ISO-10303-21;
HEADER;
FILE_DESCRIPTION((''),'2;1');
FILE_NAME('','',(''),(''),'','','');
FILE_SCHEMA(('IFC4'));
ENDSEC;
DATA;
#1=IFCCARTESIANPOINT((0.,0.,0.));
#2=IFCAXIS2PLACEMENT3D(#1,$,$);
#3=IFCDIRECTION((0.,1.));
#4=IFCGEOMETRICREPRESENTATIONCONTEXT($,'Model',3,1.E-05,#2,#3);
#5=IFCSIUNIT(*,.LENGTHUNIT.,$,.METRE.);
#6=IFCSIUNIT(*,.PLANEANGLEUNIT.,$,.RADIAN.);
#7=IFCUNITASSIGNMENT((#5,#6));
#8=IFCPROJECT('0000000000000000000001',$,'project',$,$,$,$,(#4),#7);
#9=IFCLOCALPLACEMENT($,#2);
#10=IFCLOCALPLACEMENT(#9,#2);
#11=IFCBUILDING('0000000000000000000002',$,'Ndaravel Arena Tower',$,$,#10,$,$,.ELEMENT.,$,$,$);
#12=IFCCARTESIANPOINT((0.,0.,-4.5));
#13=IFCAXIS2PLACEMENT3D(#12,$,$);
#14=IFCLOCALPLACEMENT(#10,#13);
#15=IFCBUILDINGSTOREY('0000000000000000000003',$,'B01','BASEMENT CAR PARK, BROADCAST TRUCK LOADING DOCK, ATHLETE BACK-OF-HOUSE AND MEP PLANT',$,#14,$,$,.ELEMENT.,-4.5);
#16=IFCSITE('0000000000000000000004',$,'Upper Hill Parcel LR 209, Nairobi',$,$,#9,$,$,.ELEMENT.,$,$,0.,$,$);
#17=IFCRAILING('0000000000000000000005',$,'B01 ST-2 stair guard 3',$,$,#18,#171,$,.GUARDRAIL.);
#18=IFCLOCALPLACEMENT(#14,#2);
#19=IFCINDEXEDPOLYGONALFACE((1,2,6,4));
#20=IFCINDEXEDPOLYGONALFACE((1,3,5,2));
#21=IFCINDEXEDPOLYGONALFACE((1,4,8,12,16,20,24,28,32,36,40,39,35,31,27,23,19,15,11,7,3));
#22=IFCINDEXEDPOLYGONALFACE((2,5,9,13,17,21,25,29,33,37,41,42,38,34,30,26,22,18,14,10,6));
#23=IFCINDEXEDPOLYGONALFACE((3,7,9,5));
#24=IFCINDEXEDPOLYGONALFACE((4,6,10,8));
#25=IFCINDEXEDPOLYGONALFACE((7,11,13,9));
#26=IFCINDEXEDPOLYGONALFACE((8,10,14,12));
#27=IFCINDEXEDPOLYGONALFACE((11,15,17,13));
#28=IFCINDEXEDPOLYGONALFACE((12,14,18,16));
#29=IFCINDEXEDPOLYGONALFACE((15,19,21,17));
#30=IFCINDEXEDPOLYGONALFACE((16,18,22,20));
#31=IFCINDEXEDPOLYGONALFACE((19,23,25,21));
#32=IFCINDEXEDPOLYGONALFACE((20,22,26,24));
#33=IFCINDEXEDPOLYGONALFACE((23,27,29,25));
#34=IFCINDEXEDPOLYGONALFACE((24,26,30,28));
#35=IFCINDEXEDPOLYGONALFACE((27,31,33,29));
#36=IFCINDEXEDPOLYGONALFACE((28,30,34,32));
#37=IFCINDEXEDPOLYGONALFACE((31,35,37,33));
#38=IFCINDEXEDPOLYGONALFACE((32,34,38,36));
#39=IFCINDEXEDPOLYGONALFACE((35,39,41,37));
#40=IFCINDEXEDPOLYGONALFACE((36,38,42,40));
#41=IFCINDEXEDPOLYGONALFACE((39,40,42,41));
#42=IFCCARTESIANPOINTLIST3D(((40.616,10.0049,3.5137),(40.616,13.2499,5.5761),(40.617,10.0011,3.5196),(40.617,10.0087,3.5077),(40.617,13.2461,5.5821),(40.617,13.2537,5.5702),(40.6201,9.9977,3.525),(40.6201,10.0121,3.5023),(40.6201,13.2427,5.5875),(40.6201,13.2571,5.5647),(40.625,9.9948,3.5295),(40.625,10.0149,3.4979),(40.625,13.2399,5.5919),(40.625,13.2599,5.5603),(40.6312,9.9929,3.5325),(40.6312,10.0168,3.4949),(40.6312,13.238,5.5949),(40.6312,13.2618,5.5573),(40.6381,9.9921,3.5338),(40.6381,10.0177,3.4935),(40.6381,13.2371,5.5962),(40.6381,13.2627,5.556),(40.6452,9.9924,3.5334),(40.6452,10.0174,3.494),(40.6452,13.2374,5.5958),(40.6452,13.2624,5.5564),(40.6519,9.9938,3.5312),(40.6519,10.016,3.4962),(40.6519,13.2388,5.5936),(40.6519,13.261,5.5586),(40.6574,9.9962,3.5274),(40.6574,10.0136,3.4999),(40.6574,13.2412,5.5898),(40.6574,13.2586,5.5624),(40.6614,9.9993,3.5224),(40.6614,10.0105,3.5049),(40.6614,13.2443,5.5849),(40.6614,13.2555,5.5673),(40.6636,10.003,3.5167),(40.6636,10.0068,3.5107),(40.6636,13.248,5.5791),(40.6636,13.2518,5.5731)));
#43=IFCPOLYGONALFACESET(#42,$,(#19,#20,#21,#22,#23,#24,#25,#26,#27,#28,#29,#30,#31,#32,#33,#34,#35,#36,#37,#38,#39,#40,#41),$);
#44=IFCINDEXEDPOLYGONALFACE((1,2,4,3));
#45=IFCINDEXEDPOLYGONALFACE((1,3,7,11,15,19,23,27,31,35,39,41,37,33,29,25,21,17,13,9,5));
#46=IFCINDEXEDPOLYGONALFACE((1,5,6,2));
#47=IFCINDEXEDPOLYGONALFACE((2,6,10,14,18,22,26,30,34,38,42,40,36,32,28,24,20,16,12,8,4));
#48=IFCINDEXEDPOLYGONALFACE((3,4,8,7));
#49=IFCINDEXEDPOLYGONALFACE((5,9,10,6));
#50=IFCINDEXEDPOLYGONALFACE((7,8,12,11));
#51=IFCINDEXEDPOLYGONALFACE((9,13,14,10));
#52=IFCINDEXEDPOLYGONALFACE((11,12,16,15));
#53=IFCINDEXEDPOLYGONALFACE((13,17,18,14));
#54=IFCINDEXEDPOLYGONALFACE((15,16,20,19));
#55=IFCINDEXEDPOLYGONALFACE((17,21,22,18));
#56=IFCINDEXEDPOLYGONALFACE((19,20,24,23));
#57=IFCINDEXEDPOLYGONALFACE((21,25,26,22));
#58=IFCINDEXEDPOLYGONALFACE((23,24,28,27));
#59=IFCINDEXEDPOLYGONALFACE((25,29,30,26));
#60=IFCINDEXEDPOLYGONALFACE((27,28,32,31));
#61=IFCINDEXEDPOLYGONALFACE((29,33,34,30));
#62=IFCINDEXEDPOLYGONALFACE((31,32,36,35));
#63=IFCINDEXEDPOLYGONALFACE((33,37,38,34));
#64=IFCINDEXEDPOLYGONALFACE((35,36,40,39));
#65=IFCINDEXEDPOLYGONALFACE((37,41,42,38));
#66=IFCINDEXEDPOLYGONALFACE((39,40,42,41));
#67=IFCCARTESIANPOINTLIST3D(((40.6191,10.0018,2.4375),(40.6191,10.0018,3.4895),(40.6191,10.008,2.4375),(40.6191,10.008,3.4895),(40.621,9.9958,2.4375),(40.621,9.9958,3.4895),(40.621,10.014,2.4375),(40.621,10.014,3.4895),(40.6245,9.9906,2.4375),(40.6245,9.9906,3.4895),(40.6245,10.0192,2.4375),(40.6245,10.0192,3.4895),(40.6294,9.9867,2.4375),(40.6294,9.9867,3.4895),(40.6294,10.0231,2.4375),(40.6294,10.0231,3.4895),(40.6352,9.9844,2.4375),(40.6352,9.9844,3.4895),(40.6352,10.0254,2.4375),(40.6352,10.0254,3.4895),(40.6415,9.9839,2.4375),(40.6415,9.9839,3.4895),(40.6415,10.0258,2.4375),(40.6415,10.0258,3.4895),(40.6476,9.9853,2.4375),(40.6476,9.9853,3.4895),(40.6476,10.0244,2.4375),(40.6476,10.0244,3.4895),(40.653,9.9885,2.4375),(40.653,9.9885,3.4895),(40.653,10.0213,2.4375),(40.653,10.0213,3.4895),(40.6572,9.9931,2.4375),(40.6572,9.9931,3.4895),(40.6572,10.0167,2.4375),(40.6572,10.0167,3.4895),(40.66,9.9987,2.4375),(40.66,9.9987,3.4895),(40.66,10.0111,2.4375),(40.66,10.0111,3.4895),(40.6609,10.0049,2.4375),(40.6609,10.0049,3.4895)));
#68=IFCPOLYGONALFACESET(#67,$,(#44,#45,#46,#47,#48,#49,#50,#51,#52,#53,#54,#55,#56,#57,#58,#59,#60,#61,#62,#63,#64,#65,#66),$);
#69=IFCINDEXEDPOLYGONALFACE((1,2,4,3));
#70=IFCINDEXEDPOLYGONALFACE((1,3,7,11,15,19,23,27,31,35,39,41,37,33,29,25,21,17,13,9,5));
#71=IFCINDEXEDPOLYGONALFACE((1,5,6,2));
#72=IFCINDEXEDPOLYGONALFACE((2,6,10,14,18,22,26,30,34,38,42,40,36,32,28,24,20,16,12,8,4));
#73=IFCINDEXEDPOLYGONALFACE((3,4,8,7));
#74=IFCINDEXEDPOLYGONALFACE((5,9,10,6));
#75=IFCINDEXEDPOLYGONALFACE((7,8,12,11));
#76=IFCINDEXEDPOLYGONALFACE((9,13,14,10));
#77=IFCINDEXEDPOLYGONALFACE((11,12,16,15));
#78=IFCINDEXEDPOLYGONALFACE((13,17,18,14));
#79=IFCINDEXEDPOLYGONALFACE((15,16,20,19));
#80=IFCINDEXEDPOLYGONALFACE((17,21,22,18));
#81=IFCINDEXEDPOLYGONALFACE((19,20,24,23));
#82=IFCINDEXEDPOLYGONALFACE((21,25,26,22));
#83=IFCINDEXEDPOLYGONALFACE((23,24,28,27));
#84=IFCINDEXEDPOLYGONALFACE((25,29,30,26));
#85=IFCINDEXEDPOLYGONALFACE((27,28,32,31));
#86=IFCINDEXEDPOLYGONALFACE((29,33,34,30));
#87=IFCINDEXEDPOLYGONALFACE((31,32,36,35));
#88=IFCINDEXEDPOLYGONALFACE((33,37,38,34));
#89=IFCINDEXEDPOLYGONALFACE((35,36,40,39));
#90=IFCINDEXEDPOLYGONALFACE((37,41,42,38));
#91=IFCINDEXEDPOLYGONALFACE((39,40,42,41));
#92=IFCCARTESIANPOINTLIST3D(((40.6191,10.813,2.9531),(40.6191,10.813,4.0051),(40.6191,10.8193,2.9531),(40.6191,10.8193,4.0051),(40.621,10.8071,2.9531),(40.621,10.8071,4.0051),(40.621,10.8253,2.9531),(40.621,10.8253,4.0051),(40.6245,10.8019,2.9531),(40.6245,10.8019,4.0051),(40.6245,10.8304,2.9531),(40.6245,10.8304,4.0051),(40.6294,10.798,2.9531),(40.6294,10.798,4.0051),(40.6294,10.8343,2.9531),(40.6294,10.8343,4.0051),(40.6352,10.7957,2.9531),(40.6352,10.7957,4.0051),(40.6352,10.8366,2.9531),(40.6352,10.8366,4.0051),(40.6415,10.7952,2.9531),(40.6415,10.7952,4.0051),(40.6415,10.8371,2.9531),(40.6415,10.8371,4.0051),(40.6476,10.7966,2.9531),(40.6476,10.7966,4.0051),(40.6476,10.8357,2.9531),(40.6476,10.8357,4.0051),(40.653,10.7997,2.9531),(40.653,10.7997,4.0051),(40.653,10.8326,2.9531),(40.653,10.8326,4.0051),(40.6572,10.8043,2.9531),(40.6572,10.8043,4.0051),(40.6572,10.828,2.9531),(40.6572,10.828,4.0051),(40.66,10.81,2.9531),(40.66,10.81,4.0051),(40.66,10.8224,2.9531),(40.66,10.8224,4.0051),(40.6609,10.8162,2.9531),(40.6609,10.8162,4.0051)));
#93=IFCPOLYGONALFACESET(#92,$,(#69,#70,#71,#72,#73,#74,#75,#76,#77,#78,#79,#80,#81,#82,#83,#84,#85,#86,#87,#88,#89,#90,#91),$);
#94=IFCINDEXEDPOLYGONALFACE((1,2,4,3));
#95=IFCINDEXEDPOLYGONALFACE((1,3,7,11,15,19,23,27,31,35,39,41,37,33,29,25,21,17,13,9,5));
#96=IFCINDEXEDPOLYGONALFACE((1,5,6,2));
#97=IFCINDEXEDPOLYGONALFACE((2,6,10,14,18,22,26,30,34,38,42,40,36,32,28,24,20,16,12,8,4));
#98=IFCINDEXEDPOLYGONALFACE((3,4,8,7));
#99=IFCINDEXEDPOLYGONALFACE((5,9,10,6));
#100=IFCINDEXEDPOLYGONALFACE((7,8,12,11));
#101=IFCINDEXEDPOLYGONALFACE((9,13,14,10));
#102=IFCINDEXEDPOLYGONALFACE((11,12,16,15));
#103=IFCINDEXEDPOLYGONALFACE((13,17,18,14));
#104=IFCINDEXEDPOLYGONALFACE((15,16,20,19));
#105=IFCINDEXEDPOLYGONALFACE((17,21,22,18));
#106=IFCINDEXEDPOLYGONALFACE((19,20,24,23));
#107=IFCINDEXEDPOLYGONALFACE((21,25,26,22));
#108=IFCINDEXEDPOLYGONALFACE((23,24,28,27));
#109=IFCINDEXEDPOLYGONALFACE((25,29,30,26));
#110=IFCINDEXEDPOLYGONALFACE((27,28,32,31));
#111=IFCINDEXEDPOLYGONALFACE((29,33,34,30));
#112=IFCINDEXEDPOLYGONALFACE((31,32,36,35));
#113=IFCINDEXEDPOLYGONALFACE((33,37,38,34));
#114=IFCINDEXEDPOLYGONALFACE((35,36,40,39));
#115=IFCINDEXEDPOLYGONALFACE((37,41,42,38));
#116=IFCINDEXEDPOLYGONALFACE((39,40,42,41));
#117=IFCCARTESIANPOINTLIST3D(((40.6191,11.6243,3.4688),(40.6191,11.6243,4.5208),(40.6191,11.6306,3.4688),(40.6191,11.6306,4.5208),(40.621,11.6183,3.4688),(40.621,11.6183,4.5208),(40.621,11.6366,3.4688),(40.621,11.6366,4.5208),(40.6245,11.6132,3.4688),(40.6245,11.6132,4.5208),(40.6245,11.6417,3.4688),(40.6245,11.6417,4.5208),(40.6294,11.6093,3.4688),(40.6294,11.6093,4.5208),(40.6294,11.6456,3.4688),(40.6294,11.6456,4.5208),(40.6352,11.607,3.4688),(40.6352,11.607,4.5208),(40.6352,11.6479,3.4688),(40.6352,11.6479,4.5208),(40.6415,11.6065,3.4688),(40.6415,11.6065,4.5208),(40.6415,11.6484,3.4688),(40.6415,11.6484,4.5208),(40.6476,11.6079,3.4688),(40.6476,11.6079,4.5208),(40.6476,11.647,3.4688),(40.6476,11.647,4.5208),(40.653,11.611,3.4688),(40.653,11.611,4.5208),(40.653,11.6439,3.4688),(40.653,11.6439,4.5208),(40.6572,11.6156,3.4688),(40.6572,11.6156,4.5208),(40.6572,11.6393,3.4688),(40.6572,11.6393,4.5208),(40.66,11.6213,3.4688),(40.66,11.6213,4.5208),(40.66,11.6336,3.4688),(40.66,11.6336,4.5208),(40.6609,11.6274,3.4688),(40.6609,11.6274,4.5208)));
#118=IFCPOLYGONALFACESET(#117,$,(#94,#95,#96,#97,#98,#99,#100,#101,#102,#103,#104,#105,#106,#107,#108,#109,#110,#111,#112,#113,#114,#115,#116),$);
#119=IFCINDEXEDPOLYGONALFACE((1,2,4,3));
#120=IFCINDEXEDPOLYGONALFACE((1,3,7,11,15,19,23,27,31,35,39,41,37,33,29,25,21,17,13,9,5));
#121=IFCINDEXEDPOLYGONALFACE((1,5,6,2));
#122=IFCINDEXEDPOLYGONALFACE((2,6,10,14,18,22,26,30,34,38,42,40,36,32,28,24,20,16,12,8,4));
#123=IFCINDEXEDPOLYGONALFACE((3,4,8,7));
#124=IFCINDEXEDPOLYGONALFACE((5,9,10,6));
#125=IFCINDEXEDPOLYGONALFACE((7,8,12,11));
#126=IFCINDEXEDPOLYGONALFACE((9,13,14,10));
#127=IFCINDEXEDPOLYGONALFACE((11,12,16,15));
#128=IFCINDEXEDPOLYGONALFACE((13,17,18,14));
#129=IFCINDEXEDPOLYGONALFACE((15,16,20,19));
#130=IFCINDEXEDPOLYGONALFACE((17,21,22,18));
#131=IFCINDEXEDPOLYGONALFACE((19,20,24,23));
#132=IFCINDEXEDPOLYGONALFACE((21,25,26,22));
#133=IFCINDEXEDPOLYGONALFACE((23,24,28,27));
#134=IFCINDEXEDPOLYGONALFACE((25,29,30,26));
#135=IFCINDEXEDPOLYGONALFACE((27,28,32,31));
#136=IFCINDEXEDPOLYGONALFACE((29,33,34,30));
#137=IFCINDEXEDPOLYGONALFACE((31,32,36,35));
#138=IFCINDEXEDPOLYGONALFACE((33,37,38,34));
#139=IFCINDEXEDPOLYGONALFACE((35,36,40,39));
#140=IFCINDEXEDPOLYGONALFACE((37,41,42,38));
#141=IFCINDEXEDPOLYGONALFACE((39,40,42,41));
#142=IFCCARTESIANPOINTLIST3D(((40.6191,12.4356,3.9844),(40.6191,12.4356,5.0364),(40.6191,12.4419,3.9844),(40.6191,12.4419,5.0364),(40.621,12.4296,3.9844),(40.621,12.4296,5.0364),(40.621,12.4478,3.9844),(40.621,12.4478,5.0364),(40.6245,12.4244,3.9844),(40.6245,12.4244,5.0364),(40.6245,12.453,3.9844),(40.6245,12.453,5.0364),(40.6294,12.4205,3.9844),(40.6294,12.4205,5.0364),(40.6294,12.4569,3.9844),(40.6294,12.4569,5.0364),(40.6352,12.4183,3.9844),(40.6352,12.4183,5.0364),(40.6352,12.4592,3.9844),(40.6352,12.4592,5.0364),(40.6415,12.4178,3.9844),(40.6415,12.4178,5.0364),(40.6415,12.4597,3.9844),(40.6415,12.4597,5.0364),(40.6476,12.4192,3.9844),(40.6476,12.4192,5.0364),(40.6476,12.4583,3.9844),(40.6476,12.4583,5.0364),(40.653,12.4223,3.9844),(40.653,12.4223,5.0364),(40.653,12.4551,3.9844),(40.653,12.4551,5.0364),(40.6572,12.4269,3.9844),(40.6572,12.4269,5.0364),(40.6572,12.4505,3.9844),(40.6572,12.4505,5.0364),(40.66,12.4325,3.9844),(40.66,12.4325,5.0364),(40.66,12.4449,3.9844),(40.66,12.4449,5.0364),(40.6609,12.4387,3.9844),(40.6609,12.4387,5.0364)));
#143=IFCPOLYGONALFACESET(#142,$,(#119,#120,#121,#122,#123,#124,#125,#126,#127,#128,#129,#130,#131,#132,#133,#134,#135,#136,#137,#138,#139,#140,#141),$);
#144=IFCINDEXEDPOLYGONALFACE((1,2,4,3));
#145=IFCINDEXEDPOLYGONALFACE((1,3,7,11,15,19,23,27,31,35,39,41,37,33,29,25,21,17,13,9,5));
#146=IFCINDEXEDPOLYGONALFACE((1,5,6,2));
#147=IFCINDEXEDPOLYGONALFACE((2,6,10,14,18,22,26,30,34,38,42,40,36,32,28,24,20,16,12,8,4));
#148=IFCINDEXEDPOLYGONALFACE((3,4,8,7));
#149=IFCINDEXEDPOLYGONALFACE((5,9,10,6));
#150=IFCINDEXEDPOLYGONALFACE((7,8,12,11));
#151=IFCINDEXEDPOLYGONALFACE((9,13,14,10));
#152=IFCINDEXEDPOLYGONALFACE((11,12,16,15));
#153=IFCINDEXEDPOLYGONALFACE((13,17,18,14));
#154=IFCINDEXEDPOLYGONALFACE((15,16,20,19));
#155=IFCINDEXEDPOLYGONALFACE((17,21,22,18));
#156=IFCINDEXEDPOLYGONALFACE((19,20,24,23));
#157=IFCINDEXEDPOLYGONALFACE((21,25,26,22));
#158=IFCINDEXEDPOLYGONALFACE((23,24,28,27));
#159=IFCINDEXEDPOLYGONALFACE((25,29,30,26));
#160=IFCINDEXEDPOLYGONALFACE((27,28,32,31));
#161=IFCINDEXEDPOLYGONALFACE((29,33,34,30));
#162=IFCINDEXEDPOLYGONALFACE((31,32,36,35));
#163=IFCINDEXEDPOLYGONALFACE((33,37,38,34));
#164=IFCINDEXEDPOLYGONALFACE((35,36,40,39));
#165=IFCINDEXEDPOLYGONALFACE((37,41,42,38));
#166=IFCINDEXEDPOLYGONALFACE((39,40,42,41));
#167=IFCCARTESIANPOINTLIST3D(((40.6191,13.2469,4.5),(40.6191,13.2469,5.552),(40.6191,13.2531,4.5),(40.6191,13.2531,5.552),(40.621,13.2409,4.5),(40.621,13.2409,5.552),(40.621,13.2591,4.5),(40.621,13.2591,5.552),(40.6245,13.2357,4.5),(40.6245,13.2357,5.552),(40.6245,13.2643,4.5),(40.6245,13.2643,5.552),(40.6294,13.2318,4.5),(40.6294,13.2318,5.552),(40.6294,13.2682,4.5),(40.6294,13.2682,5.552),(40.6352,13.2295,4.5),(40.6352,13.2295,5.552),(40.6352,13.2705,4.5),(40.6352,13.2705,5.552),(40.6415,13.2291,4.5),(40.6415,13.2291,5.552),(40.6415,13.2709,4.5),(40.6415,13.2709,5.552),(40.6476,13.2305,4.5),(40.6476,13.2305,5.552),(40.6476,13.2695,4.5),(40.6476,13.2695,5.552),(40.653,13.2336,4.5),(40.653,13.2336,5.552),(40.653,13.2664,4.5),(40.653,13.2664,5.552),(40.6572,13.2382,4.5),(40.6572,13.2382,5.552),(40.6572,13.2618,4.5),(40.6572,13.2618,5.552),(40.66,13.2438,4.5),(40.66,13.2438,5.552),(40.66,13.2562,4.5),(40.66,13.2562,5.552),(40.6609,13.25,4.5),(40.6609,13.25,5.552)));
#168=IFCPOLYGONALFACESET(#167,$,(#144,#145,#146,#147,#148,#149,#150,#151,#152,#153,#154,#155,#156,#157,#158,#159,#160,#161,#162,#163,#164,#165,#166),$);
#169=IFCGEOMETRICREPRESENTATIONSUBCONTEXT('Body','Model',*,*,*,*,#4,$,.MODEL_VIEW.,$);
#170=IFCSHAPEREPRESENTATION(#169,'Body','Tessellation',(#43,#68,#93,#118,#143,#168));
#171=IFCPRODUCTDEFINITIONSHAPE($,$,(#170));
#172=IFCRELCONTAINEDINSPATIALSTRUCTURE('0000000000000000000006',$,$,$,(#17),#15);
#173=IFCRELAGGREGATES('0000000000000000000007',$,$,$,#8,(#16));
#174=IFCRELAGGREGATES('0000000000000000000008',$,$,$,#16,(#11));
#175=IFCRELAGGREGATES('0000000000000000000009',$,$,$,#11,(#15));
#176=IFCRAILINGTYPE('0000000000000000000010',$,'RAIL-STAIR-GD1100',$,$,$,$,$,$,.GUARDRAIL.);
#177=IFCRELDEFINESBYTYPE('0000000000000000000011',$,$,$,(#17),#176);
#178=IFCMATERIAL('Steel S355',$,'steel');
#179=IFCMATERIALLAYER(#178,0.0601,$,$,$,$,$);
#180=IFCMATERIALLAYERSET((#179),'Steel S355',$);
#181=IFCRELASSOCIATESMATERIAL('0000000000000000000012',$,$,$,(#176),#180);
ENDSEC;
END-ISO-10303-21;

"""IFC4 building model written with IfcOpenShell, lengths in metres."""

from ifc_helpers import new_model, si_unit, direction, frame, origin, origin_2d, place, context, subcontext, project, spatial, circle, extrude, material, layer, layer_set, type_object, element, save


model = new_model("IFC4")

# Units and contexts
model_context = context("Model", 3, precision=1e-05, world=origin(), true_north=direction((0.0, 1.0)))
body_context = subcontext(model_context, "Body", "Model", "MODEL_VIEW")
ifc_project = project(units=[si_unit("LENGTHUNIT", "METRE"), si_unit("PLANEANGLEUNIT", "RADIAN")], contexts=[model_context])

# Site, building, storey
site_placement = place(None, origin())
site = spatial("IfcSite", under=ifc_project, at=site_placement, Name="Upper Hill Parcel LR 209, Nairobi", CompositionType="ELEMENT", RefElevation=0.0)
building_placement = place(site_placement, origin())
building = spatial("IfcBuilding", under=site, at=building_placement, Name="Ndaravel Arena Tower", CompositionType="ELEMENT")
storey_placement = place(building_placement, frame((0.0, 0.0, -4.5)))
storey = spatial("IfcBuildingStorey", under=building, at=storey_placement, Name="B01", Description="BASEMENT CAR PARK, BROADCAST TRUCK LOADING DOCK, ATHLETE BACK-OF-HOUSE AND MEP PLANT", CompositionType="ELEMENT", Elevation=-4.5)

# Railing
ifc_material_1 = material(Name="Steel S355", Category="steel")
ifc_layer_1 = layer(ifc_material_1, 0.0601)
ifc_layer_set_1 = layer_set([ifc_layer_1], Name="Steel S355")
railing_type_1 = type_object("IfcRailingType", Name="RAIL-STAIR-GD1100", PredefinedType="GUARDRAIL", material=ifc_layer_set_1)
railing_1_placement = place(storey_placement, frame((40.6399, 10.0049, 2.4375)))
element("IfcRailing", 1, at=railing_1_placement, inside=storey, type_object=railing_type_1, Name="B01 ST-2 stair guard 3", PredefinedType="GUARDRAIL", context=body_context, shape_type="SweptSolid", body=[
    extrude(circle(Radius=0.0239, at=origin_2d()), frame((0.0, 0.0, 1.0762), z_axis=(0.0, 0.843965, 0.536399), x_axis=(-1.0, 0.0, 0.0)), (0.0, 0.0, 1.0), 3.845),
    extrude(circle(Radius=0.021, at=origin_2d()), origin(), (0.0, 0.0, 1.0), 1.052),
    extrude(circle(Radius=0.021, at=origin_2d()), frame((0.0, 0.8113, 0.5156)), (0.0, 0.0, 1.0), 1.052),
    extrude(circle(Radius=0.021, at=origin_2d()), frame((0.0, 1.6226, 1.0312)), (0.0, 0.0, 1.0), 1.052),
    extrude(circle(Radius=0.021, at=origin_2d()), frame((0.0, 2.4338, 1.5469)), (0.0, 0.0, 1.0), 1.052),
    extrude(circle(Radius=0.021, at=origin_2d()), frame((0.0, 3.2451, 2.0625)), (0.0, 0.0, 1.0), 1.052),
])

save(model, "model.ifc")
